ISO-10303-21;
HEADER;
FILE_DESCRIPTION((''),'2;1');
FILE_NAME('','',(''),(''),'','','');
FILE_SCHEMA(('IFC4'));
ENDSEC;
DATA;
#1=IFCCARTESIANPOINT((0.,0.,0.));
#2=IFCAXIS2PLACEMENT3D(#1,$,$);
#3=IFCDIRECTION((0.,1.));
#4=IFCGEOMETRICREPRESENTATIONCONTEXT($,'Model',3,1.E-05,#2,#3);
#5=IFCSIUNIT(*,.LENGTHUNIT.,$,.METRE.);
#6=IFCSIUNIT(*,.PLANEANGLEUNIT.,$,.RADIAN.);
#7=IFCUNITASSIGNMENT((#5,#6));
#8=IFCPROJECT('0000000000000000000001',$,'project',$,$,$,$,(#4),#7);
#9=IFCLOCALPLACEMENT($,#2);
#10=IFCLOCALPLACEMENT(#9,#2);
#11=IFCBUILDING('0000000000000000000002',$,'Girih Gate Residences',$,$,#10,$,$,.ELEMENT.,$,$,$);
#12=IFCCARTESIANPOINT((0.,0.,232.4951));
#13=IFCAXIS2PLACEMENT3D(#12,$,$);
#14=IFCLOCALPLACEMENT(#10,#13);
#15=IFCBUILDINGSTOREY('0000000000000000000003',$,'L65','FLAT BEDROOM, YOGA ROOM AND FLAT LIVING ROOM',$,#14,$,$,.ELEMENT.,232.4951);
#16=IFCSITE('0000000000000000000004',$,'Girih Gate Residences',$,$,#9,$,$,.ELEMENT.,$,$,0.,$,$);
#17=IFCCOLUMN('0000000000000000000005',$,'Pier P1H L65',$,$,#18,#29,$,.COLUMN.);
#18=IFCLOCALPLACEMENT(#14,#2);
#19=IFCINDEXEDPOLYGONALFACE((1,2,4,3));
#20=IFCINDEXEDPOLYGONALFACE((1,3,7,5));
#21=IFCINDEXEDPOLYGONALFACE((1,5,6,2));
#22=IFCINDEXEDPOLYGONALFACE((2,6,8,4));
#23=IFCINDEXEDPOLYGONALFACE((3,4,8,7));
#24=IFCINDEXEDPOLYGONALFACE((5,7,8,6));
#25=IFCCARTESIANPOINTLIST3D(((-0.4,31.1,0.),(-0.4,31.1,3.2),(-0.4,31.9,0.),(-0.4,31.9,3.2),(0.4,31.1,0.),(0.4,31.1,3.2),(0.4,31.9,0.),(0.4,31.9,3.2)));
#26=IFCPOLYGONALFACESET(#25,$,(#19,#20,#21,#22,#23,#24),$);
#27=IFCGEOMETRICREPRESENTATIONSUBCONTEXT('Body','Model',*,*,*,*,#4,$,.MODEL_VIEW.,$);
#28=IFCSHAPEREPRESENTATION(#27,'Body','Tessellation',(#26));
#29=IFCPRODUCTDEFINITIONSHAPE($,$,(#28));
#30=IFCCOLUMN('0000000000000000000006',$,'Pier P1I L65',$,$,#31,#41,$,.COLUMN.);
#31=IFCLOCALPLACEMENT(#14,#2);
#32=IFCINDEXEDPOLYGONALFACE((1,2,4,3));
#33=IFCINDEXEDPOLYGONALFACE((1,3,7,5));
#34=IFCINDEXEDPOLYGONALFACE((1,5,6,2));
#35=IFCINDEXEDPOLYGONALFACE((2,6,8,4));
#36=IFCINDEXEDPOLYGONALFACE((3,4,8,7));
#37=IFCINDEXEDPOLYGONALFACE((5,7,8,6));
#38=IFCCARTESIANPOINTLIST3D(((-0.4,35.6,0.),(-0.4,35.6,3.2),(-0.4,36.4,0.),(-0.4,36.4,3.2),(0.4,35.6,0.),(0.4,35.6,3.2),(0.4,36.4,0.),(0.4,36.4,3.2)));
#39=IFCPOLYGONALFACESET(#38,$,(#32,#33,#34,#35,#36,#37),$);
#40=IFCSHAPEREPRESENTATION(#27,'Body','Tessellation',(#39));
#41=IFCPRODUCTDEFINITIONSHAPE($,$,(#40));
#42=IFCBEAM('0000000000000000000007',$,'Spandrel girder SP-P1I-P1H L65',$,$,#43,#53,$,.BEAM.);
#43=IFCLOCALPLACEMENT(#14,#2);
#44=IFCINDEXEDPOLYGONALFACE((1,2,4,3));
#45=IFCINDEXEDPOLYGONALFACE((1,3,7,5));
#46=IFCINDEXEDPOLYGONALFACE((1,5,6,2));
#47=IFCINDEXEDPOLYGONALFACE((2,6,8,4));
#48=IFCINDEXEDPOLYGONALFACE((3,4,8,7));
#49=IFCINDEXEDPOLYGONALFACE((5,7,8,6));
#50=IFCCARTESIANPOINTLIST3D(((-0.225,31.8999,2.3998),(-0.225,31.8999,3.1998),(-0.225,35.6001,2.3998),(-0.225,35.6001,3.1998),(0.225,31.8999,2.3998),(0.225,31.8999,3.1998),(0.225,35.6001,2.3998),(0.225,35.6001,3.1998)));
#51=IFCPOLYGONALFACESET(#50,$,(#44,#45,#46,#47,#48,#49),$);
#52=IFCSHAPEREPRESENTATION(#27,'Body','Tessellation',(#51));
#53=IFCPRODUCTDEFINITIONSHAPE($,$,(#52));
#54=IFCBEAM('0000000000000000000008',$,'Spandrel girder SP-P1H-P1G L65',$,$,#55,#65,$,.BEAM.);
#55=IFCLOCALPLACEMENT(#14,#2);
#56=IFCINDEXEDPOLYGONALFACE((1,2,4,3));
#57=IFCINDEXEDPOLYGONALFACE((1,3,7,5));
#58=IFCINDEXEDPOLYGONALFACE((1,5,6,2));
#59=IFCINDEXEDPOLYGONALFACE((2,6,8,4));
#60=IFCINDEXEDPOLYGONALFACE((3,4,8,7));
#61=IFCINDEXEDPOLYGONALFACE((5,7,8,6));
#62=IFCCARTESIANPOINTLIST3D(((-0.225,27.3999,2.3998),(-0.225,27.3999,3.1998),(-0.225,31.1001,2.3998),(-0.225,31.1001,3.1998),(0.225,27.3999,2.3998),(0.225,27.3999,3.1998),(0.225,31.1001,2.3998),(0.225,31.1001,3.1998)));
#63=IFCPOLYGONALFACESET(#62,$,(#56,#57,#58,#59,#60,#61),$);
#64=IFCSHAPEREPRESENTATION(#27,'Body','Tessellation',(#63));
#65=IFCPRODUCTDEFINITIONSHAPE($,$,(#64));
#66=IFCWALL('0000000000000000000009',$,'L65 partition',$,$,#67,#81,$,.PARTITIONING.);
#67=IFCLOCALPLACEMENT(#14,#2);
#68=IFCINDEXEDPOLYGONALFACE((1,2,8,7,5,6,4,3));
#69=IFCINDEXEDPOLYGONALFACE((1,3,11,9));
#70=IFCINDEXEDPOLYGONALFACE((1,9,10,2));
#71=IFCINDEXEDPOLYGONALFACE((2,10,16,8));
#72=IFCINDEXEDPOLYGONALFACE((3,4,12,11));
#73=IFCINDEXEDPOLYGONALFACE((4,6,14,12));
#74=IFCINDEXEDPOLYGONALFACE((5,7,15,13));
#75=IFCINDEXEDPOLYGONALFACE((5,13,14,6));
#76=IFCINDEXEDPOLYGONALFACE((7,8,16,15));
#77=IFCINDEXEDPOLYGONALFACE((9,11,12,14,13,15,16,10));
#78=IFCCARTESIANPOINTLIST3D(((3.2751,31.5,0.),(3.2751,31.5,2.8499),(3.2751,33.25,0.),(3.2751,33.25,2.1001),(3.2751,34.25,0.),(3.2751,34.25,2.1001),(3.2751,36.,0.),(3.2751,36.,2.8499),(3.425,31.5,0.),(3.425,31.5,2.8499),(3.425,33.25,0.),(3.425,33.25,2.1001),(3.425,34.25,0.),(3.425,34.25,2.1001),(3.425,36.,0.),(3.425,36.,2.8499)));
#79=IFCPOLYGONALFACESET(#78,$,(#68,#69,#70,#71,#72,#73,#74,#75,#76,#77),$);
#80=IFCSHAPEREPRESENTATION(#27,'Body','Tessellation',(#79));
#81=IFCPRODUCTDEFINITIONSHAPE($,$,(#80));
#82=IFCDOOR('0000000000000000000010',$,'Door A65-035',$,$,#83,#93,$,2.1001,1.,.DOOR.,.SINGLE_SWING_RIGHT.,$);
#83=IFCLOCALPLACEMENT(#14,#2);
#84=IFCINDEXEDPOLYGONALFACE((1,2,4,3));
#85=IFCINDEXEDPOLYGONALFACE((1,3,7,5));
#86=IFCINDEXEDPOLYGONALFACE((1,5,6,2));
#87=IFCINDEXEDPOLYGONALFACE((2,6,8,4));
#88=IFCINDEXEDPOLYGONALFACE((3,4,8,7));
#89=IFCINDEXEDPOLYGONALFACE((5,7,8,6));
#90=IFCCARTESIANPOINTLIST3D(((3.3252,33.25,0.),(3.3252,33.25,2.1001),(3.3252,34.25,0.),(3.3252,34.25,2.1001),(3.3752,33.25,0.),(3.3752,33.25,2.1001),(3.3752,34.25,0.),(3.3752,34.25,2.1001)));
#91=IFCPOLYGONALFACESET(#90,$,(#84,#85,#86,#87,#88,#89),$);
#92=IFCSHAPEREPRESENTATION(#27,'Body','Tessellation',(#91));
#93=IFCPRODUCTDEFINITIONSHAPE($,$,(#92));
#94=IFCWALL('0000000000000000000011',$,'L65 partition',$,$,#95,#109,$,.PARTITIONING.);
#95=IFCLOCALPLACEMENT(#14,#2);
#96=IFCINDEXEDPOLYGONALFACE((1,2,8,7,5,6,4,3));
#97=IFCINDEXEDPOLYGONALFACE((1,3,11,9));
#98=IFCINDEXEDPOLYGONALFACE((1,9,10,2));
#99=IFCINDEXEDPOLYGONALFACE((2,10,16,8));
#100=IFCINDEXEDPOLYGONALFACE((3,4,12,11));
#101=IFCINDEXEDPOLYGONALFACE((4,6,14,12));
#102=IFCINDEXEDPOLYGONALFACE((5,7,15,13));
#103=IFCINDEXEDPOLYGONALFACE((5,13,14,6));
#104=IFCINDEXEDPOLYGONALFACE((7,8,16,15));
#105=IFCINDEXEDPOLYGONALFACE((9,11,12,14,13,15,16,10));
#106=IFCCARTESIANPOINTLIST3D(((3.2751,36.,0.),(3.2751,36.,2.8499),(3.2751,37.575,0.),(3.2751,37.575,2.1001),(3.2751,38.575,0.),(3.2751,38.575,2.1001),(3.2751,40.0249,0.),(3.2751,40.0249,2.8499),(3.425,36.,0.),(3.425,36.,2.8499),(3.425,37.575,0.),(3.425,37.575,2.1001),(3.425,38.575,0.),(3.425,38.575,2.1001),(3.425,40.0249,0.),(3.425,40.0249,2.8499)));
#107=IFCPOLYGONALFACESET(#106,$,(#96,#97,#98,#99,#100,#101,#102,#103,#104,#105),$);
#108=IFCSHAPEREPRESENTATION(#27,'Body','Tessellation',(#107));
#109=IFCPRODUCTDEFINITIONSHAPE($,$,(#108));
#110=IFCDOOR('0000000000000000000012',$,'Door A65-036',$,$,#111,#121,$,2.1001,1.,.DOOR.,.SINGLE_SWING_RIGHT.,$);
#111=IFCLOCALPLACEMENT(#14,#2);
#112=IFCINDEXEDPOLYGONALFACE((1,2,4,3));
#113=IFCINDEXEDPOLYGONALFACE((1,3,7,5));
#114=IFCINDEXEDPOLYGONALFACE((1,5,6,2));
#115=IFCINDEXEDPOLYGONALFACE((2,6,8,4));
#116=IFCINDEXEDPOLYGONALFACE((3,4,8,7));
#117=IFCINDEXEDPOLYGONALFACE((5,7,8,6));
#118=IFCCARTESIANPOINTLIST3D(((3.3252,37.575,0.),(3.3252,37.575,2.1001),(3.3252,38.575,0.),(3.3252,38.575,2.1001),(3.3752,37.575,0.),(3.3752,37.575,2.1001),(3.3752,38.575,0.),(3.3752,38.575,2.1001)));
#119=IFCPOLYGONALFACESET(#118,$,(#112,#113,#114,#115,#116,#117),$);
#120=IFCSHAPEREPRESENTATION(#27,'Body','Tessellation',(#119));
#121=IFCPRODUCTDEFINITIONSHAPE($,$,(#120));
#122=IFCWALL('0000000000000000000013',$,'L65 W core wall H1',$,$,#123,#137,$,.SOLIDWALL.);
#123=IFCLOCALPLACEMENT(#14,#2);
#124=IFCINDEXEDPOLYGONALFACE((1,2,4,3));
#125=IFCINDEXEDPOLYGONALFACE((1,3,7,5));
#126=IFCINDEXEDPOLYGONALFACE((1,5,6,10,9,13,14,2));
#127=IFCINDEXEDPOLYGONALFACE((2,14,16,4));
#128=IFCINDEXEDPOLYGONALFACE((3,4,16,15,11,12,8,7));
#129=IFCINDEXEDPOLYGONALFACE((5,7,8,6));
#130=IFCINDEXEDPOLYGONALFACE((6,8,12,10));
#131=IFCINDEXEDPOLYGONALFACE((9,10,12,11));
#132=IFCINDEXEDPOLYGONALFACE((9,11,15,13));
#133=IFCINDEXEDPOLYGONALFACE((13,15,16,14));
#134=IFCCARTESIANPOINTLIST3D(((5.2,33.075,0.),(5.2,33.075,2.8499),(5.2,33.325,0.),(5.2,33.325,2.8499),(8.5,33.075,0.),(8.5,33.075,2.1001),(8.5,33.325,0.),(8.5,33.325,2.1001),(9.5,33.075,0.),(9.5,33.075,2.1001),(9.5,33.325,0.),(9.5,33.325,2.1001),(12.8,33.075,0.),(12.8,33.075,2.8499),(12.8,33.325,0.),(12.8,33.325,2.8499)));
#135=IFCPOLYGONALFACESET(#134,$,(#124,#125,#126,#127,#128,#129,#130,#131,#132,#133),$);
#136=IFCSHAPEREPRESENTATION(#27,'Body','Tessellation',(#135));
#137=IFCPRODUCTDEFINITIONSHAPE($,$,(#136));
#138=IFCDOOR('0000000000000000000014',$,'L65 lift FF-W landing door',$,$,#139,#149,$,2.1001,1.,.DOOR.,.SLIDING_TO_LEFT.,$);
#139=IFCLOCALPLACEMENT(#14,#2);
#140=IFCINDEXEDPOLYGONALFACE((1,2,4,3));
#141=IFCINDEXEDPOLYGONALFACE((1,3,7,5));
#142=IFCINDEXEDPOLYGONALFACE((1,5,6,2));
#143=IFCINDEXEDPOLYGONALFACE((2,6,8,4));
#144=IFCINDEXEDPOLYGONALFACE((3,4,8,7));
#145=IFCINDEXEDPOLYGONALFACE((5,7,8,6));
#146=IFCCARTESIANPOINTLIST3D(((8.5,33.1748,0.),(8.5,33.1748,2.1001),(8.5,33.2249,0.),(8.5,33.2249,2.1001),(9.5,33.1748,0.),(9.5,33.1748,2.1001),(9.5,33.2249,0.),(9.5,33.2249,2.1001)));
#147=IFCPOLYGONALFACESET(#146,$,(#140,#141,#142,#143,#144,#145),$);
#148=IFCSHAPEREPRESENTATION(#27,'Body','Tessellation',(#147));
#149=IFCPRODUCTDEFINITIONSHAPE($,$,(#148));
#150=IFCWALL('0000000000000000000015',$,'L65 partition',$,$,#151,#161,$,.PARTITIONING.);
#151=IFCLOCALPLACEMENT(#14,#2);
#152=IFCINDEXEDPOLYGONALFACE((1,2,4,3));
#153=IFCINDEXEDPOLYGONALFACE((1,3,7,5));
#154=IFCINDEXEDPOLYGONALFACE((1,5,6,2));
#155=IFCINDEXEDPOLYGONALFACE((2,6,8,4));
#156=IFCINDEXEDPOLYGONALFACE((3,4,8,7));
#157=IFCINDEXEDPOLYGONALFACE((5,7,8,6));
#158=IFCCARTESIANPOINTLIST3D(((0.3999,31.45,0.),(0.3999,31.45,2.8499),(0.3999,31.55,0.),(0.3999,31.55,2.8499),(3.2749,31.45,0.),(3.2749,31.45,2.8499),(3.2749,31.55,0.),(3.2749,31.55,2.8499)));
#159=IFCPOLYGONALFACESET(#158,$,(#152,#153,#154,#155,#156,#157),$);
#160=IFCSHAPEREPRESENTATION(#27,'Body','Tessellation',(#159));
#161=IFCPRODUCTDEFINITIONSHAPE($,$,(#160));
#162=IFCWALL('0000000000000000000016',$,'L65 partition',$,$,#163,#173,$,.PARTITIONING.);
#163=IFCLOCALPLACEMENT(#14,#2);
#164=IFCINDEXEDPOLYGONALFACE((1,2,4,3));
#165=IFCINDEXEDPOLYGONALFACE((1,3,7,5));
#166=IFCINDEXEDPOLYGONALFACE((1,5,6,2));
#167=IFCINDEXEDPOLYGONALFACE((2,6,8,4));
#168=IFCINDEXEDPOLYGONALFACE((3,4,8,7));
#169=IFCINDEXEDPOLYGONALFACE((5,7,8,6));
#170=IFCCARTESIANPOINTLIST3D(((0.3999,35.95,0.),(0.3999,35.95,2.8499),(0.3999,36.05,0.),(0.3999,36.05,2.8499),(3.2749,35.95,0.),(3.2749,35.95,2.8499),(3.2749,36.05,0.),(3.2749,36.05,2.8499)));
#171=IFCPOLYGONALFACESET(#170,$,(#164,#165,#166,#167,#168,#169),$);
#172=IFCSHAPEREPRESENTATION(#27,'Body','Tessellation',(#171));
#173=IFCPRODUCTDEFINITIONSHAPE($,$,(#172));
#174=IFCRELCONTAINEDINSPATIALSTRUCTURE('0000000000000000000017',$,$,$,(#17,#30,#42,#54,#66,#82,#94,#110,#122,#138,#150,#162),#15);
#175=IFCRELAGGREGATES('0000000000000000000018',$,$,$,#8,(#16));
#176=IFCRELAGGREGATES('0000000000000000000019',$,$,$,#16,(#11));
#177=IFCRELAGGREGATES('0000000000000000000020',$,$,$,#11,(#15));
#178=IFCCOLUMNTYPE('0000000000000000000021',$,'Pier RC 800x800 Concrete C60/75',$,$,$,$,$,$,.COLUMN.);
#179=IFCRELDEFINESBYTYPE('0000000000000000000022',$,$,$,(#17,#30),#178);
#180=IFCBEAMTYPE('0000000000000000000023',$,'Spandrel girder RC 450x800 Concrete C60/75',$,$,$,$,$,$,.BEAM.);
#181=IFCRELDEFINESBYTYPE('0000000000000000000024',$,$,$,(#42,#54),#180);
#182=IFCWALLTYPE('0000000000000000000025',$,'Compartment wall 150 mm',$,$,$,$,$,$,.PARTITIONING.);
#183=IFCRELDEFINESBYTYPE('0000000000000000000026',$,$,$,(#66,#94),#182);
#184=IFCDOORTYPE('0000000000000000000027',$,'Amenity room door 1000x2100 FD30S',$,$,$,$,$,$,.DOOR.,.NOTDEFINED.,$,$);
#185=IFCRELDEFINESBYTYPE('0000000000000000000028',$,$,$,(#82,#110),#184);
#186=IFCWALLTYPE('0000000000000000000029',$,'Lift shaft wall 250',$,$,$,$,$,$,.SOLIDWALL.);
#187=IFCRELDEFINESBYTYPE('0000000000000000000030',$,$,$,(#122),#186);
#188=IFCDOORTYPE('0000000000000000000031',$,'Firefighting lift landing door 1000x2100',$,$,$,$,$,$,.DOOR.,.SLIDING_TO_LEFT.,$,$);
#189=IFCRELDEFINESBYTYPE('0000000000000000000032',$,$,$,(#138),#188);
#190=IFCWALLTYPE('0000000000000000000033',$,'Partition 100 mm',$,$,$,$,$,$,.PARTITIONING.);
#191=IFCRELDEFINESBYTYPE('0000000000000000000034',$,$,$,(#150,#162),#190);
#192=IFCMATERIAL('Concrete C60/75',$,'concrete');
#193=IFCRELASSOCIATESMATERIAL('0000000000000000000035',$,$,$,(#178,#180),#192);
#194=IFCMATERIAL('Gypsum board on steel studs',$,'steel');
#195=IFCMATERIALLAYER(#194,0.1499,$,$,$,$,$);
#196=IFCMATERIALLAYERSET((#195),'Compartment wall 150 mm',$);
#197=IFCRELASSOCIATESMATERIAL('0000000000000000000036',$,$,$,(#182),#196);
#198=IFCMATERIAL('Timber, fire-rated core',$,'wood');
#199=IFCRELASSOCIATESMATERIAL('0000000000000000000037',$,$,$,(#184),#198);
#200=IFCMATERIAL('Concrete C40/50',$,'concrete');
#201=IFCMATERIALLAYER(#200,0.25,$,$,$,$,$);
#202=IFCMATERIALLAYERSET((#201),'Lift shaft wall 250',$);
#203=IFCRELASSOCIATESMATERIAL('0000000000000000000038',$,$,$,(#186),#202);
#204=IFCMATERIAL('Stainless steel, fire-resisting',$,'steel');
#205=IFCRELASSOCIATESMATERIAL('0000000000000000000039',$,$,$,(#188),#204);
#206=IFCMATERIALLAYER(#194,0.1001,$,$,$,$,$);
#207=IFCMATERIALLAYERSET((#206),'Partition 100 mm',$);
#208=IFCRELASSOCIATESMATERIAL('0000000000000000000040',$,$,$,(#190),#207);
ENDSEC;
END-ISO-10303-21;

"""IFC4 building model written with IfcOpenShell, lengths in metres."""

from ifc_helpers import new_model, si_unit, direction, frame, frame_2d, origin, origin_2d, place, context, subcontext, project, spatial, rectangle, extrude, material, layer, layer_set, material_profile, profile_set, type_object, element, fill, save


model = new_model("IFC4")

# Units and contexts
model_context = context("Model", 3, precision=1e-05, world=origin(), true_north=direction((0.0, 1.0)))
body_context = subcontext(model_context, "Body", "Model", "MODEL_VIEW")
ifc_project = project(units=[si_unit("LENGTHUNIT", "METRE"), si_unit("PLANEANGLEUNIT", "RADIAN")], contexts=[model_context])

# Site, building, storey
site_placement = place(None, origin())
site = spatial("IfcSite", under=ifc_project, at=site_placement, Name="Girih Gate Residences", CompositionType="ELEMENT", RefElevation=0.0)
building_placement = place(site_placement, origin())
building = spatial("IfcBuilding", under=site, at=building_placement, Name="Girih Gate Residences", CompositionType="ELEMENT")
storey_placement = place(building_placement, frame((0.0, 0.0, 232.4951)))
storey = spatial("IfcBuildingStorey", under=building, at=storey_placement, Name="L65", Description="FLAT BEDROOM, YOGA ROOM AND FLAT LIVING ROOM", CompositionType="ELEMENT", Elevation=232.4951)

# Columns
ifc_material_1 = material(Name="Concrete C60/75", Category="concrete")
ifc_material_profile_1 = material_profile(ifc_material_1, rectangle(XDim=0.8, YDim=0.8, at=origin_2d()))
ifc_profile_set_1 = profile_set([ifc_material_profile_1], Name="Concrete C60/75")
column_type = type_object("IfcColumnType", Name="Pier RC 800x800 Concrete C60/75", PredefinedType="COLUMN", material=ifc_profile_set_1)
for number, where, z_axis, x_axis, name in (
    (1, (0.0, 31.5, 0.0), (0.0, 0.0, 1.0), (1.0, 0.0, 0.0), "Pier P1H L65"),
    (2, (0.0, 36.0, 0.0), (0.0, 0.0, 1.0), (1.0, 0.0, 0.0), "Pier P1I L65"),
):
    element("IfcColumn", number, at=place(storey_placement, frame(where, z_axis=z_axis, x_axis=x_axis)), inside=storey, type_object=column_type, Name=name, PredefinedType="COLUMN", context=body_context, shape_type="SweptSolid", body=[
        extrude(rectangle(XDim=0.8, YDim=0.8, at=origin_2d()), origin(), (0.0, 0.0, 1.0), 3.2),
    ])

# Beams
ifc_material_profile_2 = material_profile(ifc_material_1, rectangle(XDim=0.45, YDim=0.8, at=origin_2d()))
ifc_profile_set_2 = profile_set([ifc_material_profile_2], Name="Concrete C60/75")
beam_type = type_object("IfcBeamType", Name="Spandrel girder RC 450x800 Concrete C60/75", PredefinedType="BEAM", material=ifc_profile_set_2)
for number, where, z_axis, x_axis, name in (
    (3, (0.0, 35.6001, 2.7998), (0.0, -1.0, 0.0), (1.0, 0.0, 0.0), "Spandrel girder SP-P1I-P1H L65"),
    (4, (0.0, 31.1001, 2.7998), (0.0, -1.0, 0.0), (1.0, 0.0, 0.0), "Spandrel girder SP-P1H-P1G L65"),
):
    element("IfcBeam", number, at=place(storey_placement, frame(where, z_axis=z_axis, x_axis=x_axis)), inside=storey, type_object=beam_type, Name=name, PredefinedType="BEAM", context=body_context, shape_type="SweptSolid", body=[
        extrude(rectangle(XDim=0.45, YDim=0.8, at=origin_2d()), origin(), (0.0, 0.0, 1.0), 3.7002),
    ])

# Walls, openings, doors
ifc_material_2 = material(Name="Gypsum board on steel studs", Category="steel")
ifc_layer_1 = layer(ifc_material_2, 0.1499)
ifc_layer_set_1 = layer_set([ifc_layer_1], Name="Compartment wall 150 mm")
wall_type_1 = type_object("IfcWallType", Name="Compartment wall 150 mm", PredefinedType="PARTITIONING", material=ifc_layer_set_1)
wall_1_placement = place(storey_placement, frame((3.3501, 31.5, 0.0), z_axis=(0.0, 0.0, 1.0), x_axis=(0.0, 1.0, 0.0)))
wall_1 = element("IfcWall", 5, at=wall_1_placement, inside=storey, type_object=wall_type_1, Name="L65 partition", PredefinedType="PARTITIONING", context=body_context, shape_type="SweptSolid", body=[
    extrude(rectangle(XDim=4.5, YDim=0.1499, at=frame_2d((2.25, 0.0))), origin(), (0.0, 0.0, 1.0), 2.8499),
])
opening_1_placement = place(wall_1_placement, frame((1.75, 0.0, 0.0)))
opening_1 = element("IfcOpeningElement", 6, at=opening_1_placement, cuts=wall_1, PredefinedType="OPENING", context=body_context, shape_type="SweptSolid", body=[
    extrude(rectangle(XDim=1.0, YDim=2.1001, at=frame_2d((0.5, 1.05))), frame((0.0, 0.085, 0.0), z_axis=(0.0, -1.0, 0.0), x_axis=(1.0, 0.0, 0.0)), (0.0, 0.0, 1.0), 0.1699),
])
ifc_material_3 = material(Name="Timber, fire-rated core", Category="wood")
door_type_1 = type_object("IfcDoorType", Name="Amenity room door 1000x2100 FD30S", OperationType="NOTDEFINED", PredefinedType="DOOR", material=ifc_material_3)
door_1_placement = place(opening_1_placement, origin())
door_1 = element("IfcDoor", 7, at=door_1_placement, inside=storey, type_object=door_type_1, Name="Door A65-035", OperationType="SINGLE_SWING_RIGHT", OverallHeight=2.1001, OverallWidth=1.0, PredefinedType="DOOR", context=body_context, shape_type="SweptSolid", body=[
    extrude(rectangle(XDim=1.0, YDim=2.1001, at=frame_2d((0.5, 1.05))), frame((0.0, 0.0249, 0.0), z_axis=(0.0, -1.0, 0.0), x_axis=(1.0, 0.0, 0.0)), (0.0, 0.0, 1.0), 0.05),
])
fill(opening_1, door_1)
wall_2_placement = place(storey_placement, frame((3.3501, 36.0, 0.0), z_axis=(0.0, 0.0, 1.0), x_axis=(0.0, 1.0, 0.0)))
wall_2 = element("IfcWall", 8, at=wall_2_placement, inside=storey, type_object=wall_type_1, Name="L65 partition", PredefinedType="PARTITIONING", context=body_context, shape_type="SweptSolid", body=[
    extrude(rectangle(XDim=4.0249, YDim=0.1499, at=frame_2d((2.0125, 0.0))), origin(), (0.0, 0.0, 1.0), 2.8499),
])
opening_2_placement = place(wall_2_placement, frame((1.575, 0.0, 0.0)))
opening_2 = element("IfcOpeningElement", 9, at=opening_2_placement, cuts=wall_2, PredefinedType="OPENING", context=body_context, shape_type="SweptSolid", body=[
    extrude(rectangle(XDim=1.0, YDim=2.1001, at=frame_2d((0.5, 1.05))), frame((0.0, 0.085, 0.0), z_axis=(0.0, -1.0, 0.0), x_axis=(1.0, 0.0, 0.0)), (0.0, 0.0, 1.0), 0.1699),
])
door_2_placement = place(opening_2_placement, origin())
door_2 = element("IfcDoor", 10, at=door_2_placement, inside=storey, type_object=door_type_1, Name="Door A65-036", OperationType="SINGLE_SWING_RIGHT", OverallHeight=2.1001, OverallWidth=1.0, PredefinedType="DOOR", context=body_context, shape_type="SweptSolid", body=[
    extrude(rectangle(XDim=1.0, YDim=2.1001, at=frame_2d((0.5, 1.05))), frame((0.0, 0.0249, 0.0), z_axis=(0.0, -1.0, 0.0), x_axis=(1.0, 0.0, 0.0)), (0.0, 0.0, 1.0), 0.05),
])
fill(opening_2, door_2)
ifc_material_4 = material(Name="Concrete C40/50", Category="concrete")
ifc_layer_2 = layer(ifc_material_4, 0.25)
ifc_layer_set_2 = layer_set([ifc_layer_2], Name="Lift shaft wall 250")
wall_type_2 = type_object("IfcWallType", Name="Lift shaft wall 250", PredefinedType="SOLIDWALL", material=ifc_layer_set_2)
wall_3_placement = place(storey_placement, frame((5.2, 33.2, 0.0), z_axis=(0.0, 0.0, 1.0), x_axis=(1.0, 0.0, 0.0)))
wall_3 = element("IfcWall", 11, at=wall_3_placement, inside=storey, type_object=wall_type_2, Name="L65 W core wall H1", PredefinedType="SOLIDWALL", context=body_context, shape_type="SweptSolid", body=[
    extrude(rectangle(XDim=7.6001, YDim=0.25, at=frame_2d((3.8, 0.0))), origin(), (0.0, 0.0, 1.0), 2.8499),
])
opening_3_placement = place(wall_3_placement, frame((3.3, 0.0, 0.0)))
opening_3 = element("IfcOpeningElement", 12, at=opening_3_placement, cuts=wall_3, PredefinedType="OPENING", context=body_context, shape_type="SweptSolid", body=[
    extrude(rectangle(XDim=1.0, YDim=2.1001, at=frame_2d((0.5, 1.05))), frame((0.0, 0.135, 0.0), z_axis=(0.0, -1.0, 0.0), x_axis=(1.0, 0.0, 0.0)), (0.0, 0.0, 1.0), 0.27),
])
ifc_material_5 = material(Name="Stainless steel, fire-resisting", Category="steel")
door_type_2 = type_object("IfcDoorType", Name="Firefighting lift landing door 1000x2100", OperationType="SLIDING_TO_LEFT", PredefinedType="DOOR", material=ifc_material_5)
door_3_placement = place(opening_3_placement, origin())
door_3 = element("IfcDoor", 13, at=door_3_placement, inside=storey, type_object=door_type_2, Name="L65 lift FF-W landing door", OperationType="SLIDING_TO_LEFT", OverallHeight=2.1001, OverallWidth=1.0, PredefinedType="DOOR", context=body_context, shape_type="SweptSolid", body=[
    extrude(rectangle(XDim=1.0, YDim=2.1001, at=frame_2d((0.5, 1.05))), frame((0.0, 0.0249, 0.0), z_axis=(0.0, -1.0, 0.0), x_axis=(1.0, 0.0, 0.0)), (0.0, 0.0, 1.0), 0.05),
])
fill(opening_3, door_3)

# Walls
ifc_layer_3 = layer(ifc_material_2, 0.1001)
ifc_layer_set_3 = layer_set([ifc_layer_3], Name="Partition 100 mm")
wall_type_3 = type_object("IfcWallType", Name="Partition 100 mm", PredefinedType="PARTITIONING", material=ifc_layer_set_3)
for number, where, z_axis, x_axis, name in (
    (14, (0.3999, 31.5, 0.0), (0.0, 0.0, 1.0), (1.0, 0.0, 0.0), "L65 partition"),
    (15, (0.3999, 36.0, 0.0), (0.0, 0.0, 1.0), (1.0, 0.0, 0.0), "L65 partition"),
):
    element("IfcWall", number, at=place(storey_placement, frame(where, z_axis=z_axis, x_axis=x_axis)), inside=storey, type_object=wall_type_3, Name=name, PredefinedType="PARTITIONING", context=body_context, shape_type="SweptSolid", body=[
        extrude(rectangle(XDim=2.875, YDim=0.1001, at=frame_2d((1.4375, 0.0))), origin(), (0.0, 0.0, 1.0), 2.8499),
    ])

save(model, "model.ifc")
